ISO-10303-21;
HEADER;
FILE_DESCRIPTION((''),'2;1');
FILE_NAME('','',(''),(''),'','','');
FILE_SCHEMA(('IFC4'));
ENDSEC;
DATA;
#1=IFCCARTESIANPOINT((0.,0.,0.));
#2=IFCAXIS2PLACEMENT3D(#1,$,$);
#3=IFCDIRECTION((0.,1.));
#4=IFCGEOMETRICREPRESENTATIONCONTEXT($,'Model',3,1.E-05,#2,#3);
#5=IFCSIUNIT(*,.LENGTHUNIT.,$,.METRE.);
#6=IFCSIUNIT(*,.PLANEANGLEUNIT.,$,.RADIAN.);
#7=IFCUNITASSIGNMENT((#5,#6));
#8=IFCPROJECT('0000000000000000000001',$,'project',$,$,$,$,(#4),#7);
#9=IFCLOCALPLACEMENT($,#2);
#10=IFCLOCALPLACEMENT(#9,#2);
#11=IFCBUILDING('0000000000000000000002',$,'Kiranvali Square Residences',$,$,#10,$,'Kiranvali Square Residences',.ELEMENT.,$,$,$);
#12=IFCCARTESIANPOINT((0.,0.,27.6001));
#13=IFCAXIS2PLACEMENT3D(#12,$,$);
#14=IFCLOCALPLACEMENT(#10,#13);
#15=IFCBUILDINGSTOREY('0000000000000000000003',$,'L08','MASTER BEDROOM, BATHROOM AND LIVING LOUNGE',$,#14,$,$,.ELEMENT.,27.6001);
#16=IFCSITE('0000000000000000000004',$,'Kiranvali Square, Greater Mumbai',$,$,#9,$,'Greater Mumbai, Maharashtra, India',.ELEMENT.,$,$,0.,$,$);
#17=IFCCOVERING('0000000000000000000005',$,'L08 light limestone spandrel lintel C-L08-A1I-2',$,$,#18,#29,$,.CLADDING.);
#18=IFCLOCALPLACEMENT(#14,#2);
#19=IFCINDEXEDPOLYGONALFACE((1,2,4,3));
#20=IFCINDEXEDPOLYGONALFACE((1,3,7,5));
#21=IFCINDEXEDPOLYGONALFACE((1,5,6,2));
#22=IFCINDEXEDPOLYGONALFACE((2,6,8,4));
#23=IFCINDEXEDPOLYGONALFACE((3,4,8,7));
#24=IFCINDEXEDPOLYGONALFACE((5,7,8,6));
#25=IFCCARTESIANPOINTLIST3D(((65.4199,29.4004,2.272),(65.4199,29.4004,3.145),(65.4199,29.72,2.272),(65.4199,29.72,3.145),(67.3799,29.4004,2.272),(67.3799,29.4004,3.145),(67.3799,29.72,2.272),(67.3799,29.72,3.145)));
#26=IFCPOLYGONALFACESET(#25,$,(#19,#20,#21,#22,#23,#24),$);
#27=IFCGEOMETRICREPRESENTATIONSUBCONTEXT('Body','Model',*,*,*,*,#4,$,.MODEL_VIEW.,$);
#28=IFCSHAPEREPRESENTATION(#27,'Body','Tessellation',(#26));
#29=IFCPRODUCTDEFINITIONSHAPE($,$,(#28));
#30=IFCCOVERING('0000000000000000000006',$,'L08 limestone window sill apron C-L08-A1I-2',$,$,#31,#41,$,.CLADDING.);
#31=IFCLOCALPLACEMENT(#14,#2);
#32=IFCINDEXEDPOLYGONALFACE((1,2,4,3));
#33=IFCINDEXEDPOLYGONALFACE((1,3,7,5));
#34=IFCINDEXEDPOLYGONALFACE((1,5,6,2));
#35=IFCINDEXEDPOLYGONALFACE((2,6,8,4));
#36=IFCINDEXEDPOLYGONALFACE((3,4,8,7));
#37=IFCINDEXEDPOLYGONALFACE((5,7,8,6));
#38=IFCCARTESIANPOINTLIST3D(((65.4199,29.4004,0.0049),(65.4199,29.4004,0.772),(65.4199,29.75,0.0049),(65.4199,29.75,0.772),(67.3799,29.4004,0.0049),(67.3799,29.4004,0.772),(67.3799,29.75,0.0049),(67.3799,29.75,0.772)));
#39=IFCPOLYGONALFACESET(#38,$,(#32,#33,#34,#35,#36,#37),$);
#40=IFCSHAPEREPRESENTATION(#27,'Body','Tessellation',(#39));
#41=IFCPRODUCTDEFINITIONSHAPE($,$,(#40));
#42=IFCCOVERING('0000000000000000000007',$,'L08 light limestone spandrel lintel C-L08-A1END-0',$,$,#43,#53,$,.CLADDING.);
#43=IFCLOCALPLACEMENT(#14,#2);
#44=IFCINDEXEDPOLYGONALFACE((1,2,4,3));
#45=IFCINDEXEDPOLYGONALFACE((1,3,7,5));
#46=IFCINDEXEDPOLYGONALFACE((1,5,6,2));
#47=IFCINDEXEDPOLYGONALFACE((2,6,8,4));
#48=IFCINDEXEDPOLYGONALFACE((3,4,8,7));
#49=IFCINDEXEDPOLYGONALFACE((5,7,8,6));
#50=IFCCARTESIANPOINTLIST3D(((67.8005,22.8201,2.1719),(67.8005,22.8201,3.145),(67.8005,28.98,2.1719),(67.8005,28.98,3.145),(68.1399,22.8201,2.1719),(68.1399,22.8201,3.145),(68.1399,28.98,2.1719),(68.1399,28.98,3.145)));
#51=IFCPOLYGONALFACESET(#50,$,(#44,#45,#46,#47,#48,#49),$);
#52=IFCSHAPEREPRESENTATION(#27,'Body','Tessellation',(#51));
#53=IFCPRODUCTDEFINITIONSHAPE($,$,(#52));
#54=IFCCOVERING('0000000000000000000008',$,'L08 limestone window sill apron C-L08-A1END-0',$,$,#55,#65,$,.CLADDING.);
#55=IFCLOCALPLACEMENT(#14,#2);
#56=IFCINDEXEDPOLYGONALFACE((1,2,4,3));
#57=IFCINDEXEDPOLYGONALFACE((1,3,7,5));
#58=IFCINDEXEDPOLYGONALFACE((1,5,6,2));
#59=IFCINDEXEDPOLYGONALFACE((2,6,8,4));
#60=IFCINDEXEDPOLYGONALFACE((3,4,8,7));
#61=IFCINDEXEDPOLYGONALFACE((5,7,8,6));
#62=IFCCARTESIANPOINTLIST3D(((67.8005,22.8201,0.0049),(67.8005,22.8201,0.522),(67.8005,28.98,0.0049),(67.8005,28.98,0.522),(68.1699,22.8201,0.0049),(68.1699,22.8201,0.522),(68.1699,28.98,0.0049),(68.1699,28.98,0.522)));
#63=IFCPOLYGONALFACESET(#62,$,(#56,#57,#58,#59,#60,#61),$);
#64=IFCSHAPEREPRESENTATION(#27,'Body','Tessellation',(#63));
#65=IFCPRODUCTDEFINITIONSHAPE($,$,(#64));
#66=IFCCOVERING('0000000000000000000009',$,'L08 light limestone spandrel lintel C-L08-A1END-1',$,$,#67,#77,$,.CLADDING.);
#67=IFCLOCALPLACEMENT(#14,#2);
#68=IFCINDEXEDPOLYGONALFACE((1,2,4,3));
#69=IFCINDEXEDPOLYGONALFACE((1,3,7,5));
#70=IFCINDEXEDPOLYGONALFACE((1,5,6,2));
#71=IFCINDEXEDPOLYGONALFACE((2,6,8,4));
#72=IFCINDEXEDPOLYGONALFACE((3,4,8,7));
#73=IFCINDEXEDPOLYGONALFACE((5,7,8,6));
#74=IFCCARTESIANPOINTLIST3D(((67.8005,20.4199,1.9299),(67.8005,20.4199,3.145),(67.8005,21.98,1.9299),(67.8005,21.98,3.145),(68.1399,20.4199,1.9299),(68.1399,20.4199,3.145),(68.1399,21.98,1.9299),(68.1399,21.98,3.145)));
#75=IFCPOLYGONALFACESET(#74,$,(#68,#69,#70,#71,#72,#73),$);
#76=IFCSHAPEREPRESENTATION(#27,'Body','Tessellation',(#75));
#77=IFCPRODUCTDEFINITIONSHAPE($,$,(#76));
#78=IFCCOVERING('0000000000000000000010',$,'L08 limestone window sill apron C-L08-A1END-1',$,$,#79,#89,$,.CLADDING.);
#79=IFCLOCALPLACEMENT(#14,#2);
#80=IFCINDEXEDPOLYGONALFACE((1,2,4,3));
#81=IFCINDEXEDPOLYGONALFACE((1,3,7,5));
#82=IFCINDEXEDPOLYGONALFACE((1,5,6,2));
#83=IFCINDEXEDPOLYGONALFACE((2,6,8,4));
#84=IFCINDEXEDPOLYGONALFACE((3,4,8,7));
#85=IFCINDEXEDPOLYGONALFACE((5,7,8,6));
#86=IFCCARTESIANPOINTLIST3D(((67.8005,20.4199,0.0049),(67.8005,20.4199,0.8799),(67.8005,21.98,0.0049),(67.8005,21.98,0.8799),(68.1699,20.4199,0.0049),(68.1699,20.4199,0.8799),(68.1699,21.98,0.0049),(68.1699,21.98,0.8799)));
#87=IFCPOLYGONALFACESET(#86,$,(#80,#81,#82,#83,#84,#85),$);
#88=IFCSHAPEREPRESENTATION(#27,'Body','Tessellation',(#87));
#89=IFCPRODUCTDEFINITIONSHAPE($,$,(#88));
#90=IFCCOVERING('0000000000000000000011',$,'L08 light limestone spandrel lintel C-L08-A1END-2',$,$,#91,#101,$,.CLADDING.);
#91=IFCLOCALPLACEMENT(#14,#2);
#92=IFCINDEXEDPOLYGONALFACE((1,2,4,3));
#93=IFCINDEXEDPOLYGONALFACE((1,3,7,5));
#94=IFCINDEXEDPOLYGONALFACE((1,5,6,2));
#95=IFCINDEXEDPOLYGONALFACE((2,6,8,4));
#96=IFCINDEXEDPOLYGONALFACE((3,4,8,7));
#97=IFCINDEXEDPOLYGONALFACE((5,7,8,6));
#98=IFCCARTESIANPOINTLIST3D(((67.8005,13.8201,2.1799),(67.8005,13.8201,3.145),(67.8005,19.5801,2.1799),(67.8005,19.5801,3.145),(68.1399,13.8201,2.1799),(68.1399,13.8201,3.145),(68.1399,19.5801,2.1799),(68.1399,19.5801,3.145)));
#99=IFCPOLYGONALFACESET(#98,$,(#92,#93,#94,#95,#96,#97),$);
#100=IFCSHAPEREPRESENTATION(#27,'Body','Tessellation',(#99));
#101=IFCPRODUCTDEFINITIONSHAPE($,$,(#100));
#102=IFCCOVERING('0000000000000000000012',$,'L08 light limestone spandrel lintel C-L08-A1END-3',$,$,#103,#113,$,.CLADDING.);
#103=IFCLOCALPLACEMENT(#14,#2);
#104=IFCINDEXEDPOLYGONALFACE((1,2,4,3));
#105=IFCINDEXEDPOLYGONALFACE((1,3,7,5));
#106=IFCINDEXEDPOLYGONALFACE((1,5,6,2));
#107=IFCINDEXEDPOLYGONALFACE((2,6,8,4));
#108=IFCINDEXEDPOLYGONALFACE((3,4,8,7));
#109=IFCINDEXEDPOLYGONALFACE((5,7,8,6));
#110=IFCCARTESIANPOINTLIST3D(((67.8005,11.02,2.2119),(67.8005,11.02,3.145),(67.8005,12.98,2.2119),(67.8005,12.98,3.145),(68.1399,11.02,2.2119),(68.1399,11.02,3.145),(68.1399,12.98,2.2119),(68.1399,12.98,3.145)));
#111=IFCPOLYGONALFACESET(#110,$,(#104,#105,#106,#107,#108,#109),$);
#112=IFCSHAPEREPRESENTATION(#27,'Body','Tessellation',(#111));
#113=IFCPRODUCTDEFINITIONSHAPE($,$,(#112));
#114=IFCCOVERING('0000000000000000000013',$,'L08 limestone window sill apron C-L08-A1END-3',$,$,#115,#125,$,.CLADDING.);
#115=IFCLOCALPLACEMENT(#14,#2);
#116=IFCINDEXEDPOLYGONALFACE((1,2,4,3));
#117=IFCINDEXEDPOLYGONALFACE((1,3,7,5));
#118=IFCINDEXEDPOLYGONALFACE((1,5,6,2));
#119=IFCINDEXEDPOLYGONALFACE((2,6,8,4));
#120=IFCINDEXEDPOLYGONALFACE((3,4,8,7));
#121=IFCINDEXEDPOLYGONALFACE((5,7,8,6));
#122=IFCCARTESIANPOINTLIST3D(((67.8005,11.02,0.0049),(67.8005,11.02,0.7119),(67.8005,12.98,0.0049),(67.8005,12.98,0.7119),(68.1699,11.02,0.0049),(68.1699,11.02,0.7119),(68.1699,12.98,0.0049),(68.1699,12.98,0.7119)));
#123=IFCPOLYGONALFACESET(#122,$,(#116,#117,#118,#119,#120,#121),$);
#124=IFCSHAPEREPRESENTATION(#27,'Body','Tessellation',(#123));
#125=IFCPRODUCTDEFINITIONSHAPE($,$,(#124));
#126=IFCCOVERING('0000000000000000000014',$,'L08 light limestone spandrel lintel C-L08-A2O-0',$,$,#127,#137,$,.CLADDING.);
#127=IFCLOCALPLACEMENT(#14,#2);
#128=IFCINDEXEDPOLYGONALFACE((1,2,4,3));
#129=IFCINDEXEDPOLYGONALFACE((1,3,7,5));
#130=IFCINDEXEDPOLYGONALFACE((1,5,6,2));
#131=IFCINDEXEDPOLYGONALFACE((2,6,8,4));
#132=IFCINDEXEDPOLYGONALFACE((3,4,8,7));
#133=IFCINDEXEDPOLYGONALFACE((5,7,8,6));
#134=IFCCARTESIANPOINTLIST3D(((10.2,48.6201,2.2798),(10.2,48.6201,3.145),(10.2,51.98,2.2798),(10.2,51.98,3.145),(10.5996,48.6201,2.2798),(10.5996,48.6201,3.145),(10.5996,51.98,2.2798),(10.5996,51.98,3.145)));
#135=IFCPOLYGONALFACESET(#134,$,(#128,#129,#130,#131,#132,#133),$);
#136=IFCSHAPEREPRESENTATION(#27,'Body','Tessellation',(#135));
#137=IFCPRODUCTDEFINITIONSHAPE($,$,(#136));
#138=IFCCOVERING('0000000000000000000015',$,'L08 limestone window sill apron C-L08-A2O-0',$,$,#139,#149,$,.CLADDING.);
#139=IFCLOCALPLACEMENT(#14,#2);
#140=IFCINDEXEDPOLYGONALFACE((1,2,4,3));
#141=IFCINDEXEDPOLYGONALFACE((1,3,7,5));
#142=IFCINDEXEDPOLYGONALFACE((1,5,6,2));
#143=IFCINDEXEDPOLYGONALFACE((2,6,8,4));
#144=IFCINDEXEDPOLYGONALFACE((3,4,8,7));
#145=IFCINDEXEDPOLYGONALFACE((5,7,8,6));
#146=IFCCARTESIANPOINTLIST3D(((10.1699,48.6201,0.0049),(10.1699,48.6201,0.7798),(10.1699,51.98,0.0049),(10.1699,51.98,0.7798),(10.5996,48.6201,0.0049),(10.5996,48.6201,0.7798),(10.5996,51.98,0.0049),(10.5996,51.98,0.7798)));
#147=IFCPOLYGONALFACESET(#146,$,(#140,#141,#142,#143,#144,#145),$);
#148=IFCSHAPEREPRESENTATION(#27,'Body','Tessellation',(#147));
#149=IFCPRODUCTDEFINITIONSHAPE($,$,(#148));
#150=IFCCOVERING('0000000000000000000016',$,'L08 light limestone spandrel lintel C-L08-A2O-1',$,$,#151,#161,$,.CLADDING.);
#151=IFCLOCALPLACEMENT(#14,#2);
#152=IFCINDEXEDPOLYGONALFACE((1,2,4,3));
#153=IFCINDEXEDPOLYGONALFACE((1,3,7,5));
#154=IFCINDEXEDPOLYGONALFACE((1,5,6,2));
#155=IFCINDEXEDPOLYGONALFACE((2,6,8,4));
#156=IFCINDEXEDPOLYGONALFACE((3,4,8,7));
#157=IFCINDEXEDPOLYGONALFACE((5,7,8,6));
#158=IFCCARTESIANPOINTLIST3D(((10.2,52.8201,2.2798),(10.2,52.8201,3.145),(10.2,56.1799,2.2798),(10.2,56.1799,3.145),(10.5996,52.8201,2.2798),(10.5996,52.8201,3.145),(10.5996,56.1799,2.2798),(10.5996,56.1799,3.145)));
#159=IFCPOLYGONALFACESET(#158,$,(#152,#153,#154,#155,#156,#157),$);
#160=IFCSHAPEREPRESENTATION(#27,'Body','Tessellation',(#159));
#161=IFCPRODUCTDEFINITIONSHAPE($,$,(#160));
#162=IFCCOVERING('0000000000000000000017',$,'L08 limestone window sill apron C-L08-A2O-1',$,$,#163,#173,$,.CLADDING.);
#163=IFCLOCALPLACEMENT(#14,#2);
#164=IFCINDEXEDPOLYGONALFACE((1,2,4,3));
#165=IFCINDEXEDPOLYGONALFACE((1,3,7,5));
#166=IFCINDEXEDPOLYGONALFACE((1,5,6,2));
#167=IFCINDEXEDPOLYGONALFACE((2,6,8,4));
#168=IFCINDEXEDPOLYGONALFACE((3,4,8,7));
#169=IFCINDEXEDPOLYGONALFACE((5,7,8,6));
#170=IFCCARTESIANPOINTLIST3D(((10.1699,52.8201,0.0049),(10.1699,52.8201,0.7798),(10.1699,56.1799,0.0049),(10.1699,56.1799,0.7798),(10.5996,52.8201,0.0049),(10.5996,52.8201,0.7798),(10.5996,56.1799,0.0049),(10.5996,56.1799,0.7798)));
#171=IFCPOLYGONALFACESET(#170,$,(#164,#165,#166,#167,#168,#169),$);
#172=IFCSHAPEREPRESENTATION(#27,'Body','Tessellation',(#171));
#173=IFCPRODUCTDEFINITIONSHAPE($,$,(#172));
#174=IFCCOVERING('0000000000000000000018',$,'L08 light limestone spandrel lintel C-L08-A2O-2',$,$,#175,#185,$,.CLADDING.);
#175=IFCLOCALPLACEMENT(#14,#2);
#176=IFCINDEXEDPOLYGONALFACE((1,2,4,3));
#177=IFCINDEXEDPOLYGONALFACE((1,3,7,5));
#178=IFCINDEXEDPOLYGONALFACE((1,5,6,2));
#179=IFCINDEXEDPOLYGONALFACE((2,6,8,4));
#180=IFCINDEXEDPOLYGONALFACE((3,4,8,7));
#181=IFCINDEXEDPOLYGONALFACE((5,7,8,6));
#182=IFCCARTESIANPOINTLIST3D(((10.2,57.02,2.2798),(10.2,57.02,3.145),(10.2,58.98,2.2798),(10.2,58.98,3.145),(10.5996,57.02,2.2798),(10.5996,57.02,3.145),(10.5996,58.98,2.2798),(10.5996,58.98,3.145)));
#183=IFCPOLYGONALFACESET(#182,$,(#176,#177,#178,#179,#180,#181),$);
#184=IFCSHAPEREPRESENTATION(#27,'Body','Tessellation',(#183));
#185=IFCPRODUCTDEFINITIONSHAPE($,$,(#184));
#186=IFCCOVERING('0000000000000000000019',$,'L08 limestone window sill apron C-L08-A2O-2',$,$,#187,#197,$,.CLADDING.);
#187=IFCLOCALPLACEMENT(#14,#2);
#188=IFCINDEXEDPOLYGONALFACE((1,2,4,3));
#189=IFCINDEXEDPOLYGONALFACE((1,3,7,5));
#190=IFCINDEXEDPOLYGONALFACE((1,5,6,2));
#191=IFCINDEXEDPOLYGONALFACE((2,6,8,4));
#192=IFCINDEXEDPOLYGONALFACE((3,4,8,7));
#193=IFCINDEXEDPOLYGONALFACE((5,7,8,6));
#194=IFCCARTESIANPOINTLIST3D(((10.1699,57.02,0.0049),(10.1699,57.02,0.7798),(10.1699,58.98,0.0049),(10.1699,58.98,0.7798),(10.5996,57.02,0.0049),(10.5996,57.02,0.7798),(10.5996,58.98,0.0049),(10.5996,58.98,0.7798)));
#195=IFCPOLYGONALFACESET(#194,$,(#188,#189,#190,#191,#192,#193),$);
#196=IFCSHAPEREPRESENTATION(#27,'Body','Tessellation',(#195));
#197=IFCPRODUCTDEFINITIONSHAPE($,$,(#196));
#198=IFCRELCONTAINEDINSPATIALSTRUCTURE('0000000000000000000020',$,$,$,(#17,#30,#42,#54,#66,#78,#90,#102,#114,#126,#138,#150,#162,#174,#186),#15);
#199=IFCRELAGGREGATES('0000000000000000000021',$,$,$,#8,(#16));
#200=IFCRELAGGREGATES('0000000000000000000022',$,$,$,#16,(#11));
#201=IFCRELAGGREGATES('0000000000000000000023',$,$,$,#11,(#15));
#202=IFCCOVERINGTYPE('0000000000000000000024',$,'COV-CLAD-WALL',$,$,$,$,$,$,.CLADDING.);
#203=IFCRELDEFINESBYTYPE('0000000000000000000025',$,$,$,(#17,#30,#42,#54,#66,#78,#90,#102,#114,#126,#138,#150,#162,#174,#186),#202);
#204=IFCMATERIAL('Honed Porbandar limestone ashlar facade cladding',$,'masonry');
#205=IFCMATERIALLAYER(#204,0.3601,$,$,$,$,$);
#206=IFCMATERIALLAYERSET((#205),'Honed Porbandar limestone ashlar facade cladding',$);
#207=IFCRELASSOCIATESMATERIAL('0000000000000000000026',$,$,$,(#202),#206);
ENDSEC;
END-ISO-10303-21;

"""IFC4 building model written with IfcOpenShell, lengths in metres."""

from ifc_helpers import new_model, si_unit, direction, frame, origin, place, context, subcontext, project, spatial, polyline, outline, extrude, material, layer, layer_set, type_object, element, save


model = new_model("IFC4")

# Units and contexts
model_context = context("Model", 3, precision=1e-05, world=origin(), true_north=direction((0.0, 1.0)))
body_context = subcontext(model_context, "Body", "Model", "MODEL_VIEW")
ifc_project = project(units=[si_unit("LENGTHUNIT", "METRE"), si_unit("PLANEANGLEUNIT", "RADIAN")], contexts=[model_context])

# Site, building, storey
site_placement = place(None, origin())
site = spatial("IfcSite", under=ifc_project, at=site_placement, Name="Kiranvali Square, Greater Mumbai", LongName="Greater Mumbai, Maharashtra, India", CompositionType="ELEMENT", RefElevation=0.0)
building_placement = place(site_placement, origin())
building = spatial("IfcBuilding", under=site, at=building_placement, Name="Kiranvali Square Residences", LongName="Kiranvali Square Residences", CompositionType="ELEMENT")
storey_placement = place(building_placement, frame((0.0, 0.0, 27.6001)))
storey = spatial("IfcBuildingStorey", under=building, at=storey_placement, Name="L08", Description="MASTER BEDROOM, BATHROOM AND LIVING LOUNGE", CompositionType="ELEMENT", Elevation=27.6001)

# Coverings
ifc_material = material(Name="Honed Porbandar limestone ashlar facade cladding", Category="masonry")
ifc_layer_1 = layer(ifc_material, 0.3601)
ifc_layer_set_1 = layer_set([ifc_layer_1], Name="Honed Porbandar limestone ashlar facade cladding")
covering_type_1 = type_object("IfcCoveringType", Name="COV-CLAD-WALL", PredefinedType="CLADDING", material=ifc_layer_set_1)
covering_1_placement = place(storey_placement, frame((0.0, 0.0, 2.272)))
element("IfcCovering", 1, at=covering_1_placement, inside=storey, type_object=covering_type_1, Name="L08 light limestone spandrel lintel C-L08-A1I-2", PredefinedType="CLADDING", context=body_context, shape_type="SweptSolid", body=[
    extrude(outline(polyline([(65.4199, 29.4004), (67.3799, 29.4004), (67.3799, 29.72), (65.4199, 29.72), (65.4199, 29.4004)])), origin(), (0.0, 0.0, 1.0), 0.873),
])
covering_2_placement = place(storey_placement, frame((0.0, 0.0, 0.0049)))
element("IfcCovering", 2, at=covering_2_placement, inside=storey, type_object=covering_type_1, Name="L08 limestone window sill apron C-L08-A1I-2", PredefinedType="CLADDING", context=body_context, shape_type="SweptSolid", body=[
    extrude(outline(polyline([(65.4199, 29.4004), (67.3799, 29.4004), (67.3799, 29.75), (65.4199, 29.75), (65.4199, 29.4004)])), origin(), (0.0, 0.0, 1.0), 0.7671),
])
covering_3_placement = place(storey_placement, frame((0.0, 0.0, 2.1719)))
element("IfcCovering", 3, at=covering_3_placement, inside=storey, type_object=covering_type_1, Name="L08 light limestone spandrel lintel C-L08-A1END-0", PredefinedType="CLADDING", context=body_context, shape_type="SweptSolid", body=[
    extrude(outline(polyline([(67.8005, 28.98), (67.8005, 22.8201), (68.1399, 22.8201), (68.1399, 28.98), (67.8005, 28.98)])), origin(), (0.0, 0.0, 1.0), 0.9731),
])
covering_4_placement = place(storey_placement, frame((0.0, 0.0, 0.0049)))
element("IfcCovering", 4, at=covering_4_placement, inside=storey, type_object=covering_type_1, Name="L08 limestone window sill apron C-L08-A1END-0", PredefinedType="CLADDING", context=body_context, shape_type="SweptSolid", body=[
    extrude(outline(polyline([(67.8005, 28.98), (67.8005, 22.8201), (68.1699, 22.8201), (68.1699, 28.98), (67.8005, 28.98)])), origin(), (0.0, 0.0, 1.0), 0.5171),
])
covering_5_placement = place(storey_placement, frame((0.0, 0.0, 1.9299)))
element("IfcCovering", 5, at=covering_5_placement, inside=storey, type_object=covering_type_1, Name="L08 light limestone spandrel lintel C-L08-A1END-1", PredefinedType="CLADDING", context=body_context, shape_type="SweptSolid", body=[
    extrude(outline(polyline([(67.8005, 21.98), (67.8005, 20.4199), (68.1399, 20.4199), (68.1399, 21.98), (67.8005, 21.98)])), origin(), (0.0, 0.0, 1.0), 1.2151),
])
covering_6_placement = place(storey_placement, frame((0.0, 0.0, 0.0049)))
element("IfcCovering", 6, at=covering_6_placement, inside=storey, type_object=covering_type_1, Name="L08 limestone window sill apron C-L08-A1END-1", PredefinedType="CLADDING", context=body_context, shape_type="SweptSolid", body=[
    extrude(outline(polyline([(67.8005, 21.98), (67.8005, 20.4199), (68.1699, 20.4199), (68.1699, 21.98), (67.8005, 21.98)])), origin(), (0.0, 0.0, 1.0), 0.875),
])
covering_7_placement = place(storey_placement, frame((0.0, 0.0, 2.1799)))
element("IfcCovering", 7, at=covering_7_placement, inside=storey, type_object=covering_type_1, Name="L08 light limestone spandrel lintel C-L08-A1END-2", PredefinedType="CLADDING", context=body_context, shape_type="SweptSolid", body=[
    extrude(outline(polyline([(67.8005, 19.5801), (67.8005, 13.8201), (68.1399, 13.8201), (68.1399, 19.5801), (67.8005, 19.5801)])), origin(), (0.0, 0.0, 1.0), 0.9651),
])
covering_8_placement = place(storey_placement, frame((0.0, 0.0, 2.2119)))
element("IfcCovering", 8, at=covering_8_placement, inside=storey, type_object=covering_type_1, Name="L08 light limestone spandrel lintel C-L08-A1END-3", PredefinedType="CLADDING", context=body_context, shape_type="SweptSolid", body=[
    extrude(outline(polyline([(67.8005, 12.98), (67.8005, 11.02), (68.1399, 11.02), (68.1399, 12.98), (67.8005, 12.98)])), origin(), (0.0, 0.0, 1.0), 0.9331),
])
covering_9_placement = place(storey_placement, frame((0.0, 0.0, 0.0049)))
element("IfcCovering", 9, at=covering_9_placement, inside=storey, type_object=covering_type_1, Name="L08 limestone window sill apron C-L08-A1END-3", PredefinedType="CLADDING", context=body_context, shape_type="SweptSolid", body=[
    extrude(outline(polyline([(67.8005, 12.98), (67.8005, 11.02), (68.1699, 11.02), (68.1699, 12.98), (67.8005, 12.98)])), origin(), (0.0, 0.0, 1.0), 0.707),
])
covering_10_placement = place(storey_placement, frame((0.0, 0.0, 2.2798)))
element("IfcCovering", 10, at=covering_10_placement, inside=storey, type_object=covering_type_1, Name="L08 light limestone spandrel lintel C-L08-A2O-0", PredefinedType="CLADDING", context=body_context, shape_type="SweptSolid", body=[
    extrude(outline(polyline([(10.5996, 48.6201), (10.5996, 51.98), (10.2, 51.98), (10.2, 48.6201), (10.5996, 48.6201)])), origin(), (0.0, 0.0, 1.0), 0.8652),
])
covering_11_placement = place(storey_placement, frame((0.0, 0.0, 0.0049)))
element("IfcCovering", 11, at=covering_11_placement, inside=storey, type_object=covering_type_1, Name="L08 limestone window sill apron C-L08-A2O-0", PredefinedType="CLADDING", context=body_context, shape_type="SweptSolid", body=[
    extrude(outline(polyline([(10.5996, 48.6201), (10.5996, 51.98), (10.1699, 51.98), (10.1699, 48.6201), (10.5996, 48.6201)])), origin(), (0.0, 0.0, 1.0), 0.7749),
])
covering_12_placement = place(storey_placement, frame((0.0, 0.0, 2.2798)))
element("IfcCovering", 12, at=covering_12_placement, inside=storey, type_object=covering_type_1, Name="L08 light limestone spandrel lintel C-L08-A2O-1", PredefinedType="CLADDING", context=body_context, shape_type="SweptSolid", body=[
    extrude(outline(polyline([(10.5996, 52.8201), (10.5996, 56.1799), (10.2, 56.1799), (10.2, 52.8201), (10.5996, 52.8201)])), origin(), (0.0, 0.0, 1.0), 0.8652),
])
covering_13_placement = place(storey_placement, frame((0.0, 0.0, 0.0049)))
element("IfcCovering", 13, at=covering_13_placement, inside=storey, type_object=covering_type_1, Name="L08 limestone window sill apron C-L08-A2O-1", PredefinedType="CLADDING", context=body_context, shape_type="SweptSolid", body=[
    extrude(outline(polyline([(10.5996, 52.8201), (10.5996, 56.1799), (10.1699, 56.1799), (10.1699, 52.8201), (10.5996, 52.8201)])), origin(), (0.0, 0.0, 1.0), 0.7749),
])
covering_14_placement = place(storey_placement, frame((0.0, 0.0, 2.2798)))
element("IfcCovering", 14, at=covering_14_placement, inside=storey, type_object=covering_type_1, Name="L08 light limestone spandrel lintel C-L08-A2O-2", PredefinedType="CLADDING", context=body_context, shape_type="SweptSolid", body=[
    extrude(outline(polyline([(10.5996, 57.02), (10.5996, 58.98), (10.2, 58.98), (10.2, 57.02), (10.5996, 57.02)])), origin(), (0.0, 0.0, 1.0), 0.8652),
])
covering_15_placement = place(storey_placement, frame((0.0, 0.0, 0.0049)))
element("IfcCovering", 15, at=covering_15_placement, inside=storey, type_object=covering_type_1, Name="L08 limestone window sill apron C-L08-A2O-2", PredefinedType="CLADDING", context=body_context, shape_type="SweptSolid", body=[
    extrude(outline(polyline([(10.5996, 57.02), (10.5996, 58.98), (10.1699, 58.98), (10.1699, 57.02), (10.5996, 57.02)])), origin(), (0.0, 0.0, 1.0), 0.7749),
])

save(model, "model.ifc")
